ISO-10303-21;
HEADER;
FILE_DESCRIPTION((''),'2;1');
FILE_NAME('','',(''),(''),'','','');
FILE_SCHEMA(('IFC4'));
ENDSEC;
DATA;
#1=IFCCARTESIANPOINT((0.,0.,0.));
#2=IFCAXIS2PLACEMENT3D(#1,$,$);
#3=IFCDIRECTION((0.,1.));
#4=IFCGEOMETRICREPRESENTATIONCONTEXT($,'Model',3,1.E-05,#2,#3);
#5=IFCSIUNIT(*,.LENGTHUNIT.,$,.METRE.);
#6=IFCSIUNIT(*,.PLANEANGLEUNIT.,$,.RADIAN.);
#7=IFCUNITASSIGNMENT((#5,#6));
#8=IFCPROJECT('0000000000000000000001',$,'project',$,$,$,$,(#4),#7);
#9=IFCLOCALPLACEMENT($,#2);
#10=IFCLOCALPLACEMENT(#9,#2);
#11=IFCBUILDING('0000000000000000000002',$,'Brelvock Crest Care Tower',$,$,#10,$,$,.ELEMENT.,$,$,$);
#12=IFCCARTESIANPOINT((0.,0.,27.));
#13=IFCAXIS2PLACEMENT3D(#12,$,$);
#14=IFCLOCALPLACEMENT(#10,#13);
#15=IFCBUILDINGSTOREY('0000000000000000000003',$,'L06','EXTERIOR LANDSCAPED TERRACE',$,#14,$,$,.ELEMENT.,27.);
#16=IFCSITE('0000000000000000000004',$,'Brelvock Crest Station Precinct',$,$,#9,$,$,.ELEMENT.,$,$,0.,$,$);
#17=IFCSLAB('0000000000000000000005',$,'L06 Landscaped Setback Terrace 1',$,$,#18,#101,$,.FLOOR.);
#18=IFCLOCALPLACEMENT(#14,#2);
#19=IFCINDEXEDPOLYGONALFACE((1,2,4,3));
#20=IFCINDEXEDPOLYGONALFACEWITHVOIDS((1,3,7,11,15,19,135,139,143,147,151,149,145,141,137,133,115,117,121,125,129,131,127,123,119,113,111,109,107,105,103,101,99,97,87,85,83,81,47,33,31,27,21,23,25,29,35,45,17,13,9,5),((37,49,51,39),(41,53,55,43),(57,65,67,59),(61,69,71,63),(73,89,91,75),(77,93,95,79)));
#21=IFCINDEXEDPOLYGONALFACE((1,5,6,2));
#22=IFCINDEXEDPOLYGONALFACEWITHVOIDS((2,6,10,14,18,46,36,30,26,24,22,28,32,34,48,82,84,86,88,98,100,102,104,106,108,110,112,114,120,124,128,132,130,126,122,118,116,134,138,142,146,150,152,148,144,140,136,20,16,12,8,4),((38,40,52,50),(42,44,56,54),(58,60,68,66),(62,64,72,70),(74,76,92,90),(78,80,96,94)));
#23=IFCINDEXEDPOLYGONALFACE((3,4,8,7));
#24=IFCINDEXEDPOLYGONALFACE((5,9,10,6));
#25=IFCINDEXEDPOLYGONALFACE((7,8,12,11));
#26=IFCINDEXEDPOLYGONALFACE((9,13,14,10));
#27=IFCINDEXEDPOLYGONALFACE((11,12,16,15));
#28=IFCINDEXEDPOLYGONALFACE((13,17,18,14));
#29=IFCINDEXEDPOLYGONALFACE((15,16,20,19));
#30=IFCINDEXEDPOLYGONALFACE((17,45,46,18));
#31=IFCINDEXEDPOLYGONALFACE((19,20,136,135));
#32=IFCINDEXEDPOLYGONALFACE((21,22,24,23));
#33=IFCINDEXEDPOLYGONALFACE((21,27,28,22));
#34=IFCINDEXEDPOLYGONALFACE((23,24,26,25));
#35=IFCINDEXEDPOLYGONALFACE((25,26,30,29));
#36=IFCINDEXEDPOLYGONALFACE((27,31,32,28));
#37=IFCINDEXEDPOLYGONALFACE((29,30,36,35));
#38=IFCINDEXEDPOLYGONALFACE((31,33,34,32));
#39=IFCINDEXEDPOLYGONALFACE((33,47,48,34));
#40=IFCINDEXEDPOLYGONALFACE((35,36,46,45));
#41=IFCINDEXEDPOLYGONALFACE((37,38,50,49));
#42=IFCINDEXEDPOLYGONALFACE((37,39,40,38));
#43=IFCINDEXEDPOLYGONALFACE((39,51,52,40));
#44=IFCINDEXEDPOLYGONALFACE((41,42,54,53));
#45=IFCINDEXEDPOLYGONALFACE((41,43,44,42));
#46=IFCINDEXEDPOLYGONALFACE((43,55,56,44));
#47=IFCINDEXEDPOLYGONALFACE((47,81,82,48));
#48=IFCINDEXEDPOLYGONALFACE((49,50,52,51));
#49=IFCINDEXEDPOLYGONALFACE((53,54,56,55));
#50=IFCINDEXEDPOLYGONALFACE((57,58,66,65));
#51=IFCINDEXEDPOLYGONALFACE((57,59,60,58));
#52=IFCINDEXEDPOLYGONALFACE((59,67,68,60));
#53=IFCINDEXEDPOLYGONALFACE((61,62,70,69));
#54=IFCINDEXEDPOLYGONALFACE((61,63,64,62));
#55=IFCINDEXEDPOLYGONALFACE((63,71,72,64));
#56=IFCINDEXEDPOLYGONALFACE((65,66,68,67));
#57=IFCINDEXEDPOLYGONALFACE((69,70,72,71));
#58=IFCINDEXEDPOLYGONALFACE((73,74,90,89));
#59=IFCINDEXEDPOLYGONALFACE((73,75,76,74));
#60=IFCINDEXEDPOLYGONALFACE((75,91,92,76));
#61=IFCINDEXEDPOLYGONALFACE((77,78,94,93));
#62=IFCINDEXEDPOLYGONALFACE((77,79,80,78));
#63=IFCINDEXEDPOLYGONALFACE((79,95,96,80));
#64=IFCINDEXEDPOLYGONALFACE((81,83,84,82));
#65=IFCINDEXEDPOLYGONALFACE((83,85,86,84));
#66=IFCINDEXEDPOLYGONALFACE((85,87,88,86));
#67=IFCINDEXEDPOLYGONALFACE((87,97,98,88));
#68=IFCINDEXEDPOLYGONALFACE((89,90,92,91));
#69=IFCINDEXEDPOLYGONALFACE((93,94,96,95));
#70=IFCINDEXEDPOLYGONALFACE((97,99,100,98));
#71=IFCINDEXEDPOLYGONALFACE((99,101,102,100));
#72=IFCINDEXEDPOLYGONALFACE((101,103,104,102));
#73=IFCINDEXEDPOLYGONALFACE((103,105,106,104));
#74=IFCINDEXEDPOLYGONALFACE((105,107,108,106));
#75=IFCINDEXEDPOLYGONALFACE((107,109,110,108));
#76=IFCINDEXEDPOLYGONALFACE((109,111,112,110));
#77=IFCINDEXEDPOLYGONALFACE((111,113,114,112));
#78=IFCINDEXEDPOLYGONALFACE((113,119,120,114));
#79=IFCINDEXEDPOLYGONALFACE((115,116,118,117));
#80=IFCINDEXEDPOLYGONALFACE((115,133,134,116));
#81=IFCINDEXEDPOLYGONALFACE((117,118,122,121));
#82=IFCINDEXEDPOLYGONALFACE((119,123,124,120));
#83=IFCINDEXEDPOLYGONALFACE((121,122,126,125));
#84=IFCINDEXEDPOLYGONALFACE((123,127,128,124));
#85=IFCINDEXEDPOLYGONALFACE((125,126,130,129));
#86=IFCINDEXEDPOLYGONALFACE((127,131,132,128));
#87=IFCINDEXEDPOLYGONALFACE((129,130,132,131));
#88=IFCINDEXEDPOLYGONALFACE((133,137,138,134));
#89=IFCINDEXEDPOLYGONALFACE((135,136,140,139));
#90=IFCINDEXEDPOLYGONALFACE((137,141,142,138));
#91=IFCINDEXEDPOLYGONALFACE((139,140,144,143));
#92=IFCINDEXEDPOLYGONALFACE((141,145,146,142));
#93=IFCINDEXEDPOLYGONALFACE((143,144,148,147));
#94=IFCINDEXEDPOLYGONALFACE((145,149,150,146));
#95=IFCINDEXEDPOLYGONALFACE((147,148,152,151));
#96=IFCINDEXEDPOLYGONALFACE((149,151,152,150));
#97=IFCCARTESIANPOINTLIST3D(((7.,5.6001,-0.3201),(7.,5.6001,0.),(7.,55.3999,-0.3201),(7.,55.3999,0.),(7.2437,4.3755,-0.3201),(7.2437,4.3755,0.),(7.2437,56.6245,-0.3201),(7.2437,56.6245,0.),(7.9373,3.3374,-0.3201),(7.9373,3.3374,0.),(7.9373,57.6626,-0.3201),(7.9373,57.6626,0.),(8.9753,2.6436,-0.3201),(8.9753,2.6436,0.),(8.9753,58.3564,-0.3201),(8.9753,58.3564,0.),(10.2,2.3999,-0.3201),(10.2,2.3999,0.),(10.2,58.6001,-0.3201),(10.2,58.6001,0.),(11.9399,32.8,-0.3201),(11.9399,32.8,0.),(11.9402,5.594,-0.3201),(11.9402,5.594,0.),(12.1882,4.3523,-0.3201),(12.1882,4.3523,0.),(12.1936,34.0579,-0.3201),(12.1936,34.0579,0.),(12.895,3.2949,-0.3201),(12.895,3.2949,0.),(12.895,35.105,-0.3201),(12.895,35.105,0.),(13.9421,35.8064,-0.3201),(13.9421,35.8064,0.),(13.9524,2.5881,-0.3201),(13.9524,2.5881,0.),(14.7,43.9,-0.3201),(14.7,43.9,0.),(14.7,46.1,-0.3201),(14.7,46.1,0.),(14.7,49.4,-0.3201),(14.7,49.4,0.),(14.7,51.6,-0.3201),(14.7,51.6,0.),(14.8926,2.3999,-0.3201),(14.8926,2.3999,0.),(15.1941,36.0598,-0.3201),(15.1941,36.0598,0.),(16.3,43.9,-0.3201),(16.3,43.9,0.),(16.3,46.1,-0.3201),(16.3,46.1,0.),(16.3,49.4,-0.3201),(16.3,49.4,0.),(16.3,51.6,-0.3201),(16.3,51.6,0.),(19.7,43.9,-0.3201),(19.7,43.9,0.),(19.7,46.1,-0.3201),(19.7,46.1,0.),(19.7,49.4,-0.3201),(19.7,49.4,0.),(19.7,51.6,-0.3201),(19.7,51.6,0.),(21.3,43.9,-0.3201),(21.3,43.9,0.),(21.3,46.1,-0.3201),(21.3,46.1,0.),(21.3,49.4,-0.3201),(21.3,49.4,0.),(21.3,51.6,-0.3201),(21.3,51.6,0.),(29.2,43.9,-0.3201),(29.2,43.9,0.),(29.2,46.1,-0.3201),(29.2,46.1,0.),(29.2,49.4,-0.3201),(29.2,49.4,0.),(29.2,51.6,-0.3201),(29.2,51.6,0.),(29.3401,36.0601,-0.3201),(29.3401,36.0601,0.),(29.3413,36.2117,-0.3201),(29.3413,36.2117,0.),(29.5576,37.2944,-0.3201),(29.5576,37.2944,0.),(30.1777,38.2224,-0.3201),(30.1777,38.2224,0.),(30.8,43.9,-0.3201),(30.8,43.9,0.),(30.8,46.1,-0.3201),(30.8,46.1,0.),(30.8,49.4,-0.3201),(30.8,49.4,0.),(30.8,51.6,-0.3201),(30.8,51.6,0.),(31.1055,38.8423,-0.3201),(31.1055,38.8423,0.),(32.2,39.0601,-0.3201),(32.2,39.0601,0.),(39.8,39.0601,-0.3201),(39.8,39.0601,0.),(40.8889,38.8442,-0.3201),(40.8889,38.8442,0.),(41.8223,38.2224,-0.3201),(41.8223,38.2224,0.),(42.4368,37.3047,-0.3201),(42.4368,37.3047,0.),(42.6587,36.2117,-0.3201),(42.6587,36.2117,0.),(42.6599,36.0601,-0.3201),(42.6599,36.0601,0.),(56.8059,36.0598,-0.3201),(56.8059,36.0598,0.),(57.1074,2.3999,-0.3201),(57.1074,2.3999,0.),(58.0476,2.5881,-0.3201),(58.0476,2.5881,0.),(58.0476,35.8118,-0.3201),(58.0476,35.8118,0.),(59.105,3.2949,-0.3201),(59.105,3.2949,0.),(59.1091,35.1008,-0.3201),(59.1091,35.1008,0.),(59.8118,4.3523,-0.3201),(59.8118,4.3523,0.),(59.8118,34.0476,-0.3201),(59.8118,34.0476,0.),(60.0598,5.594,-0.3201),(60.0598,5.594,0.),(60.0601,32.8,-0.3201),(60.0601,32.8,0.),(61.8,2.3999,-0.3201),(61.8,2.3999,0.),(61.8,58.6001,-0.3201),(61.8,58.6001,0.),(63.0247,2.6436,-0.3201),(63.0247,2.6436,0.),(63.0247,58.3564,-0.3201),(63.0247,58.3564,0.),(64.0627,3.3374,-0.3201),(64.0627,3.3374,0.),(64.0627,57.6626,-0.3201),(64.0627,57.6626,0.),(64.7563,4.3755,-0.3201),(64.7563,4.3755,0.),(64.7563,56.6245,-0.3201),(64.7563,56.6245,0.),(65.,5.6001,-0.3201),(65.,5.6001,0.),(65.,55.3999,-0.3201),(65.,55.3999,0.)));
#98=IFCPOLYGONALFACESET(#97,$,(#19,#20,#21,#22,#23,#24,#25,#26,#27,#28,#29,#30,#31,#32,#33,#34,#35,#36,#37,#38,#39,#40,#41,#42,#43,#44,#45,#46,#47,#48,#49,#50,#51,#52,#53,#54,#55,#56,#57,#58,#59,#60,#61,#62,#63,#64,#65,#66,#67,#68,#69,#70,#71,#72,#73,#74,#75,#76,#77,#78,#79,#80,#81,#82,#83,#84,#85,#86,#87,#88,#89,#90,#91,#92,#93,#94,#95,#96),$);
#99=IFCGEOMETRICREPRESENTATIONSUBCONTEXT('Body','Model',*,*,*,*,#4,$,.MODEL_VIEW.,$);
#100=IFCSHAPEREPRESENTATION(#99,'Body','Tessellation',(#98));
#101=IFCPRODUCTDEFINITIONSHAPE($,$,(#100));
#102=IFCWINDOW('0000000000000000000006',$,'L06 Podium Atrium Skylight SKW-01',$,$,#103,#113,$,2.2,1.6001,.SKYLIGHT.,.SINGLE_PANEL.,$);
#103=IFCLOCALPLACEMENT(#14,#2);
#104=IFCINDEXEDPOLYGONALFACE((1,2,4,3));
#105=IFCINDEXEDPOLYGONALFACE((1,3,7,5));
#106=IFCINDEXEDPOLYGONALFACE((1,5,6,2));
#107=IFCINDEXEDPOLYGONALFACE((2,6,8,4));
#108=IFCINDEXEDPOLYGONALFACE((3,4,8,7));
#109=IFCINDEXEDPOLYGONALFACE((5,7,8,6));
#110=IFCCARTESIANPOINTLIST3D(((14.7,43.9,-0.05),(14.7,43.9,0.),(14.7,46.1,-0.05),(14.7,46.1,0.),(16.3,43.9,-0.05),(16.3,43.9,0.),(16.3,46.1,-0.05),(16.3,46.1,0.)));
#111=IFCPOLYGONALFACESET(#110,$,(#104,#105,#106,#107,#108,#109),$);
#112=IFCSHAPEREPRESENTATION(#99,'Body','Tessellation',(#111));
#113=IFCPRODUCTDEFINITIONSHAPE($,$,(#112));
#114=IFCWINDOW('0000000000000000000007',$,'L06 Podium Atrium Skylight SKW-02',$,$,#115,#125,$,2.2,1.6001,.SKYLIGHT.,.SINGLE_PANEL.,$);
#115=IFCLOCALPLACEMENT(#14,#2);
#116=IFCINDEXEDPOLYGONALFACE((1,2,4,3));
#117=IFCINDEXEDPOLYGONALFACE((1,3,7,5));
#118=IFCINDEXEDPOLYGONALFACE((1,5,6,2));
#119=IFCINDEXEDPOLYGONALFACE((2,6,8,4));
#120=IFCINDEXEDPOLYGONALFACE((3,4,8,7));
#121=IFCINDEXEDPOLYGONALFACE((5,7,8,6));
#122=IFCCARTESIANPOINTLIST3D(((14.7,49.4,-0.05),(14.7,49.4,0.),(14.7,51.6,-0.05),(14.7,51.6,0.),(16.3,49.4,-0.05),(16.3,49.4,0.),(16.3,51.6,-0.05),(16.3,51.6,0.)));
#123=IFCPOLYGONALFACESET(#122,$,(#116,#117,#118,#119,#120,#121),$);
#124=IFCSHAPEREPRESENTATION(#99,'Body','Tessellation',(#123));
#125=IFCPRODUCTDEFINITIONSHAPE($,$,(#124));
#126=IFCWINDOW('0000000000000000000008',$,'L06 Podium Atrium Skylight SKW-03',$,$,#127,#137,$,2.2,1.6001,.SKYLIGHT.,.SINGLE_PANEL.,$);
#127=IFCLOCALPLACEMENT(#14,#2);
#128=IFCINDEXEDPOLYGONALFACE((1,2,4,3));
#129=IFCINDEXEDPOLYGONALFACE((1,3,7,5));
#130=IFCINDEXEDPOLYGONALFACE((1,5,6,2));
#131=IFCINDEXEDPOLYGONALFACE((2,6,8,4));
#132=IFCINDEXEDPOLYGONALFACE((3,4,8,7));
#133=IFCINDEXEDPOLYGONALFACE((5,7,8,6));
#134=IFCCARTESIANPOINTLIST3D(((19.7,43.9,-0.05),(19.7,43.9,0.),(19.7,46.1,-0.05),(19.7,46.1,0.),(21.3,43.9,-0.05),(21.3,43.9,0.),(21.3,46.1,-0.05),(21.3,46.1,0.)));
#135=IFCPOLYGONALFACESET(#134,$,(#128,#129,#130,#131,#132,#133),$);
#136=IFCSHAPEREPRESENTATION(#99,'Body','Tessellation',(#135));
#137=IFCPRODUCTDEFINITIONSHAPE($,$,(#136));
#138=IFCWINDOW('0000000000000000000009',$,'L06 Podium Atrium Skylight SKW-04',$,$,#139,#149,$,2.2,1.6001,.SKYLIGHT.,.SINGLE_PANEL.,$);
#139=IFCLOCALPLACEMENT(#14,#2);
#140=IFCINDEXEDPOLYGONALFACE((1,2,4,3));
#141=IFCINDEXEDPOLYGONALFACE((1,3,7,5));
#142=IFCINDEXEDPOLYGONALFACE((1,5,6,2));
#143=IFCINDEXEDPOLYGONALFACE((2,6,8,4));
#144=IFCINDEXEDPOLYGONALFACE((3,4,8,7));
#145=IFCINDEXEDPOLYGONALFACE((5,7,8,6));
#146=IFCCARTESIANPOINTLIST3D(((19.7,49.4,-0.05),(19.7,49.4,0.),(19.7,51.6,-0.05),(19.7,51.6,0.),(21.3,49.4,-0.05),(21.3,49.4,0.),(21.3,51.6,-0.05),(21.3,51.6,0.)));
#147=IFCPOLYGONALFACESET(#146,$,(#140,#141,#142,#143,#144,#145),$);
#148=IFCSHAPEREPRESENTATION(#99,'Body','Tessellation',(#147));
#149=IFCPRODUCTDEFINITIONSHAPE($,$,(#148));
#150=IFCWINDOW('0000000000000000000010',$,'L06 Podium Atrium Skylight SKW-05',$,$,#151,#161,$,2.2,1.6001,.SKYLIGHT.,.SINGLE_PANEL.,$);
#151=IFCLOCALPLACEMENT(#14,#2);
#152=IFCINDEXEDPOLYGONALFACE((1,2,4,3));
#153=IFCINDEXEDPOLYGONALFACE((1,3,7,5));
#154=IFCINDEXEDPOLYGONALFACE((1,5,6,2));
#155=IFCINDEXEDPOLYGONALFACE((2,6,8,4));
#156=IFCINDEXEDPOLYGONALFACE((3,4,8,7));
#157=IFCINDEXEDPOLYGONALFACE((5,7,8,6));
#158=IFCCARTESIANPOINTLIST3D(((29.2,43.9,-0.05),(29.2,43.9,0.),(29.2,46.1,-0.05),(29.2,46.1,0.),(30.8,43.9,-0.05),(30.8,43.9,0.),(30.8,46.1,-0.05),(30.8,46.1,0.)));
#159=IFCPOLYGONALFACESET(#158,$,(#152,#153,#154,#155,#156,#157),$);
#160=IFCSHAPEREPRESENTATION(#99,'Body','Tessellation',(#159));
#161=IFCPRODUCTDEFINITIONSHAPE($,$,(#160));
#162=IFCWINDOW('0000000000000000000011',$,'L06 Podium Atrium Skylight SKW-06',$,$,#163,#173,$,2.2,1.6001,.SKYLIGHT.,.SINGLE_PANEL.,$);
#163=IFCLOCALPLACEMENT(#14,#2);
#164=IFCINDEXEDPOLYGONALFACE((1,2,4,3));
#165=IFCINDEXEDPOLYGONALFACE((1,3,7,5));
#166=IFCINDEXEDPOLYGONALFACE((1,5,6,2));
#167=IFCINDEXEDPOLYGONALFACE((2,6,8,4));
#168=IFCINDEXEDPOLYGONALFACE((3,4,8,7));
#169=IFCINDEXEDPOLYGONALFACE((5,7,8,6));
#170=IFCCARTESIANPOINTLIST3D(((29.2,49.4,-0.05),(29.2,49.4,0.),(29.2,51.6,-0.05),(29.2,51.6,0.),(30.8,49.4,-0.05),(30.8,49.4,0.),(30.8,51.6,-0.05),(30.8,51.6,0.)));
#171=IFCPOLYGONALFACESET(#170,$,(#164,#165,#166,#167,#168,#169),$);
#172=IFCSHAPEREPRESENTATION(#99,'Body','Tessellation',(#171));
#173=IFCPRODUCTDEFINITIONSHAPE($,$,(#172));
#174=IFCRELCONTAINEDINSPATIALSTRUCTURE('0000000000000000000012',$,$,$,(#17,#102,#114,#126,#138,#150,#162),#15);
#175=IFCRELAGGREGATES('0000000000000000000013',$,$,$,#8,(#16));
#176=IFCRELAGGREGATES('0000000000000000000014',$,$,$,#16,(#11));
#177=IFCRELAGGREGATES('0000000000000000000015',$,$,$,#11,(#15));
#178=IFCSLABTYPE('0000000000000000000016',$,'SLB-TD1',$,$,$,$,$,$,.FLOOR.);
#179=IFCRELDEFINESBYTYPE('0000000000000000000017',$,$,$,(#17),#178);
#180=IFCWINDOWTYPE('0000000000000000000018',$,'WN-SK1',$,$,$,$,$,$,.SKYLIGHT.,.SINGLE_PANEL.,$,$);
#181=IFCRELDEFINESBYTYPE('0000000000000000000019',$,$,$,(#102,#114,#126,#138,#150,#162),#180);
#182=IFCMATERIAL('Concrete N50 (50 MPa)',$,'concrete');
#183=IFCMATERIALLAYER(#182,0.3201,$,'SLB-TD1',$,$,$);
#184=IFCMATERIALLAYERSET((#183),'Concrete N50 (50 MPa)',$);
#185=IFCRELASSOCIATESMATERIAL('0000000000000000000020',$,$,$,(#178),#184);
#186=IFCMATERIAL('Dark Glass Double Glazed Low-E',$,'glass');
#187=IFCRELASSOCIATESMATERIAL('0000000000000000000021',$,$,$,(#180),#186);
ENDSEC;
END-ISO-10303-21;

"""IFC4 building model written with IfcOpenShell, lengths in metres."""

from ifc_helpers import new_model, si_unit, direction, frame, origin, origin_2d, place, context, subcontext, project, spatial, polyline, rectangle, outline, extrude, material, layer, layer_set, type_object, element, fill, save


model = new_model("IFC4")

# Units and contexts
model_context = context("Model", 3, precision=1e-05, world=origin(), true_north=direction((0.0, 1.0)))
body_context = subcontext(model_context, "Body", "Model", "MODEL_VIEW")
ifc_project = project(units=[si_unit("LENGTHUNIT", "METRE"), si_unit("PLANEANGLEUNIT", "RADIAN")], contexts=[model_context])

# Site, building, storey
site_placement = place(None, origin())
site = spatial("IfcSite", under=ifc_project, at=site_placement, Name="Brelvock Crest Station Precinct", CompositionType="ELEMENT", RefElevation=0.0)
building_placement = place(site_placement, origin())
building = spatial("IfcBuilding", under=site, at=building_placement, Name="Brelvock Crest Care Tower", CompositionType="ELEMENT")
storey_placement = place(building_placement, frame((0.0, 0.0, 27.0)))
storey = spatial("IfcBuildingStorey", under=building, at=storey_placement, Name="L06", Description="EXTERIOR LANDSCAPED TERRACE", CompositionType="ELEMENT", Elevation=27.0)

# Shared definitions
ifc_material_1 = material(Name="Dark Glass Double Glazed Low-E", Category="glass")

# Shared definitions
ifc_material_2 = material(Name="Concrete N50 (50 MPa)", Category="concrete")

# Slab, openings, windows
ifc_layer_1 = layer(ifc_material_2, 0.3201, Name="SLB-TD1")
ifc_layer_set_1 = layer_set([ifc_layer_1], Name="Concrete N50 (50 MPa)")
slab_type_1 = type_object("IfcSlabType", Name="SLB-TD1", PredefinedType="FLOOR", material=ifc_layer_set_1)
slab_1_placement = place(storey_placement, frame((0.0, 0.0, -0.3201)))
slab_1 = element("IfcSlab", 1, at=slab_1_placement, inside=storey, type_object=slab_type_1, Name="L06 Landscaped Setback Terrace 1", PredefinedType="FLOOR", context=body_context, shape_type="SweptSolid", body=[
    extrude(outline(polyline([(14.8926, 2.3999), (13.9524, 2.5881), (12.895, 3.2949), (12.1882, 4.3523), (11.9402, 5.594), (11.9399, 32.8), (12.1936, 34.0579), (12.895, 35.105), (13.9421, 35.8064), (15.1941, 36.0598), (29.3401, 36.0601), (29.3413, 36.2117), (29.5576, 37.2944), (30.1777, 38.2224), (31.1055, 38.8423), (32.2, 39.0601), (39.8, 39.0601), (40.8889, 38.8442), (41.8223, 38.2224), (42.4368, 37.3047), (42.6587, 36.2117), (42.6599, 36.0601), (56.8059, 36.0598), (58.0476, 35.8118), (59.1091, 35.1008), (59.8118, 34.0476), (60.0601, 32.8), (60.0598, 5.594), (59.8118, 4.3523), (59.105, 3.2949), (58.0476, 2.5881), (57.1074, 2.3999), (61.8, 2.3999), (63.0247, 2.6436), (64.0627, 3.3374), (64.7563, 4.3755), (65.0, 5.6001), (65.0, 55.3999), (64.7563, 56.6245), (64.0627, 57.6626), (63.0247, 58.3564), (61.8, 58.6001), (10.2, 58.6001), (8.9753, 58.3564), (7.9373, 57.6626), (7.2437, 56.6245), (7.0, 55.3999), (7.0, 5.6001), (7.2437, 4.3755), (7.9373, 3.3374), (8.9753, 2.6436), (10.2, 2.3999), (14.8926, 2.3999)])), origin(), (0.0, 0.0, 1.0), 0.3201),
])
opening_1_placement = place(slab_1_placement, frame((15.5, 45.0, -0.01)))
opening_1 = element("IfcOpeningElement", 2, at=opening_1_placement, cuts=slab_1, PredefinedType="OPENING", context=body_context, shape_type="SweptSolid", body=[
    extrude(rectangle(XDim=1.6001, YDim=2.2, at=origin_2d()), origin(), (0.0, 0.0, 1.0), 0.3401),
])
opening_2_placement = place(slab_1_placement, frame((15.5, 50.5, -0.01)))
opening_2 = element("IfcOpeningElement", 3, at=opening_2_placement, cuts=slab_1, PredefinedType="OPENING", context=body_context, shape_type="SweptSolid", body=[
    extrude(rectangle(XDim=1.6001, YDim=2.2, at=origin_2d()), origin(), (0.0, 0.0, 1.0), 0.3401),
])
opening_3_placement = place(slab_1_placement, frame((20.5, 45.0, -0.01)))
opening_3 = element("IfcOpeningElement", 4, at=opening_3_placement, cuts=slab_1, PredefinedType="OPENING", context=body_context, shape_type="SweptSolid", body=[
    extrude(rectangle(XDim=1.6001, YDim=2.2, at=origin_2d()), origin(), (0.0, 0.0, 1.0), 0.3401),
])
opening_4_placement = place(slab_1_placement, frame((20.5, 50.5, -0.01)))
opening_4 = element("IfcOpeningElement", 5, at=opening_4_placement, cuts=slab_1, PredefinedType="OPENING", context=body_context, shape_type="SweptSolid", body=[
    extrude(rectangle(XDim=1.6001, YDim=2.2, at=origin_2d()), origin(), (0.0, 0.0, 1.0), 0.3401),
])
opening_5_placement = place(slab_1_placement, frame((30.0, 45.0, -0.01)))
opening_5 = element("IfcOpeningElement", 6, at=opening_5_placement, cuts=slab_1, PredefinedType="OPENING", context=body_context, shape_type="SweptSolid", body=[
    extrude(rectangle(XDim=1.6001, YDim=2.2, at=origin_2d()), origin(), (0.0, 0.0, 1.0), 0.3401),
])
opening_6_placement = place(slab_1_placement, frame((30.0, 50.5, -0.01)))
opening_6 = element("IfcOpeningElement", 7, at=opening_6_placement, cuts=slab_1, PredefinedType="OPENING", context=body_context, shape_type="SweptSolid", body=[
    extrude(rectangle(XDim=1.6001, YDim=2.2, at=origin_2d()), origin(), (0.0, 0.0, 1.0), 0.3401),
])
window_type = type_object("IfcWindowType", Name="WN-SK1", PartitioningType="SINGLE_PANEL", PredefinedType="SKYLIGHT", material=ifc_material_1)
window_1_placement = place(opening_1_placement, frame((0.0, 0.0, 0.28)))
window_1 = element("IfcWindow", 8, at=window_1_placement, inside=storey, type_object=window_type, Name="L06 Podium Atrium Skylight SKW-01", OverallHeight=2.2, OverallWidth=1.6001, PartitioningType="SINGLE_PANEL", PredefinedType="SKYLIGHT", context=body_context, shape_type="SweptSolid", body=[
    extrude(rectangle(XDim=1.6001, YDim=2.2, at=origin_2d()), origin(), (0.0, 0.0, 1.0), 0.05),
])
fill(opening_1, window_1)
window_2_placement = place(opening_2_placement, frame((0.0, 0.0, 0.28)))
window_2 = element("IfcWindow", 9, at=window_2_placement, inside=storey, type_object=window_type, Name="L06 Podium Atrium Skylight SKW-02", OverallHeight=2.2, OverallWidth=1.6001, PartitioningType="SINGLE_PANEL", PredefinedType="SKYLIGHT", context=body_context, shape_type="SweptSolid", body=[
    extrude(rectangle(XDim=1.6001, YDim=2.2, at=origin_2d()), origin(), (0.0, 0.0, 1.0), 0.05),
])
fill(opening_2, window_2)
window_3_placement = place(opening_3_placement, frame((0.0, 0.0, 0.28)))
window_3 = element("IfcWindow", 10, at=window_3_placement, inside=storey, type_object=window_type, Name="L06 Podium Atrium Skylight SKW-03", OverallHeight=2.2, OverallWidth=1.6001, PartitioningType="SINGLE_PANEL", PredefinedType="SKYLIGHT", context=body_context, shape_type="SweptSolid", body=[
    extrude(rectangle(XDim=1.6001, YDim=2.2, at=origin_2d()), origin(), (0.0, 0.0, 1.0), 0.05),
])
fill(opening_3, window_3)
window_4_placement = place(opening_4_placement, frame((0.0, 0.0, 0.28)))
window_4 = element("IfcWindow", 11, at=window_4_placement, inside=storey, type_object=window_type, Name="L06 Podium Atrium Skylight SKW-04", OverallHeight=2.2, OverallWidth=1.6001, PartitioningType="SINGLE_PANEL", PredefinedType="SKYLIGHT", context=body_context, shape_type="SweptSolid", body=[
    extrude(rectangle(XDim=1.6001, YDim=2.2, at=origin_2d()), origin(), (0.0, 0.0, 1.0), 0.05),
])
fill(opening_4, window_4)
window_5_placement = place(opening_5_placement, frame((0.0, 0.0, 0.28)))
window_5 = element("IfcWindow", 12, at=window_5_placement, inside=storey, type_object=window_type, Name="L06 Podium Atrium Skylight SKW-05", OverallHeight=2.2, OverallWidth=1.6001, PartitioningType="SINGLE_PANEL", PredefinedType="SKYLIGHT", context=body_context, shape_type="SweptSolid", body=[
    extrude(rectangle(XDim=1.6001, YDim=2.2, at=origin_2d()), origin(), (0.0, 0.0, 1.0), 0.05),
])
fill(opening_5, window_5)
window_6_placement = place(opening_6_placement, frame((0.0, 0.0, 0.28)))
window_6 = element("IfcWindow", 13, at=window_6_placement, inside=storey, type_object=window_type, Name="L06 Podium Atrium Skylight SKW-06", OverallHeight=2.2, OverallWidth=1.6001, PartitioningType="SINGLE_PANEL", PredefinedType="SKYLIGHT", context=body_context, shape_type="SweptSolid", body=[
    extrude(rectangle(XDim=1.6001, YDim=2.2, at=origin_2d()), origin(), (0.0, 0.0, 1.0), 0.05),
])
fill(opening_6, window_6)

save(model, "model.ifc")
